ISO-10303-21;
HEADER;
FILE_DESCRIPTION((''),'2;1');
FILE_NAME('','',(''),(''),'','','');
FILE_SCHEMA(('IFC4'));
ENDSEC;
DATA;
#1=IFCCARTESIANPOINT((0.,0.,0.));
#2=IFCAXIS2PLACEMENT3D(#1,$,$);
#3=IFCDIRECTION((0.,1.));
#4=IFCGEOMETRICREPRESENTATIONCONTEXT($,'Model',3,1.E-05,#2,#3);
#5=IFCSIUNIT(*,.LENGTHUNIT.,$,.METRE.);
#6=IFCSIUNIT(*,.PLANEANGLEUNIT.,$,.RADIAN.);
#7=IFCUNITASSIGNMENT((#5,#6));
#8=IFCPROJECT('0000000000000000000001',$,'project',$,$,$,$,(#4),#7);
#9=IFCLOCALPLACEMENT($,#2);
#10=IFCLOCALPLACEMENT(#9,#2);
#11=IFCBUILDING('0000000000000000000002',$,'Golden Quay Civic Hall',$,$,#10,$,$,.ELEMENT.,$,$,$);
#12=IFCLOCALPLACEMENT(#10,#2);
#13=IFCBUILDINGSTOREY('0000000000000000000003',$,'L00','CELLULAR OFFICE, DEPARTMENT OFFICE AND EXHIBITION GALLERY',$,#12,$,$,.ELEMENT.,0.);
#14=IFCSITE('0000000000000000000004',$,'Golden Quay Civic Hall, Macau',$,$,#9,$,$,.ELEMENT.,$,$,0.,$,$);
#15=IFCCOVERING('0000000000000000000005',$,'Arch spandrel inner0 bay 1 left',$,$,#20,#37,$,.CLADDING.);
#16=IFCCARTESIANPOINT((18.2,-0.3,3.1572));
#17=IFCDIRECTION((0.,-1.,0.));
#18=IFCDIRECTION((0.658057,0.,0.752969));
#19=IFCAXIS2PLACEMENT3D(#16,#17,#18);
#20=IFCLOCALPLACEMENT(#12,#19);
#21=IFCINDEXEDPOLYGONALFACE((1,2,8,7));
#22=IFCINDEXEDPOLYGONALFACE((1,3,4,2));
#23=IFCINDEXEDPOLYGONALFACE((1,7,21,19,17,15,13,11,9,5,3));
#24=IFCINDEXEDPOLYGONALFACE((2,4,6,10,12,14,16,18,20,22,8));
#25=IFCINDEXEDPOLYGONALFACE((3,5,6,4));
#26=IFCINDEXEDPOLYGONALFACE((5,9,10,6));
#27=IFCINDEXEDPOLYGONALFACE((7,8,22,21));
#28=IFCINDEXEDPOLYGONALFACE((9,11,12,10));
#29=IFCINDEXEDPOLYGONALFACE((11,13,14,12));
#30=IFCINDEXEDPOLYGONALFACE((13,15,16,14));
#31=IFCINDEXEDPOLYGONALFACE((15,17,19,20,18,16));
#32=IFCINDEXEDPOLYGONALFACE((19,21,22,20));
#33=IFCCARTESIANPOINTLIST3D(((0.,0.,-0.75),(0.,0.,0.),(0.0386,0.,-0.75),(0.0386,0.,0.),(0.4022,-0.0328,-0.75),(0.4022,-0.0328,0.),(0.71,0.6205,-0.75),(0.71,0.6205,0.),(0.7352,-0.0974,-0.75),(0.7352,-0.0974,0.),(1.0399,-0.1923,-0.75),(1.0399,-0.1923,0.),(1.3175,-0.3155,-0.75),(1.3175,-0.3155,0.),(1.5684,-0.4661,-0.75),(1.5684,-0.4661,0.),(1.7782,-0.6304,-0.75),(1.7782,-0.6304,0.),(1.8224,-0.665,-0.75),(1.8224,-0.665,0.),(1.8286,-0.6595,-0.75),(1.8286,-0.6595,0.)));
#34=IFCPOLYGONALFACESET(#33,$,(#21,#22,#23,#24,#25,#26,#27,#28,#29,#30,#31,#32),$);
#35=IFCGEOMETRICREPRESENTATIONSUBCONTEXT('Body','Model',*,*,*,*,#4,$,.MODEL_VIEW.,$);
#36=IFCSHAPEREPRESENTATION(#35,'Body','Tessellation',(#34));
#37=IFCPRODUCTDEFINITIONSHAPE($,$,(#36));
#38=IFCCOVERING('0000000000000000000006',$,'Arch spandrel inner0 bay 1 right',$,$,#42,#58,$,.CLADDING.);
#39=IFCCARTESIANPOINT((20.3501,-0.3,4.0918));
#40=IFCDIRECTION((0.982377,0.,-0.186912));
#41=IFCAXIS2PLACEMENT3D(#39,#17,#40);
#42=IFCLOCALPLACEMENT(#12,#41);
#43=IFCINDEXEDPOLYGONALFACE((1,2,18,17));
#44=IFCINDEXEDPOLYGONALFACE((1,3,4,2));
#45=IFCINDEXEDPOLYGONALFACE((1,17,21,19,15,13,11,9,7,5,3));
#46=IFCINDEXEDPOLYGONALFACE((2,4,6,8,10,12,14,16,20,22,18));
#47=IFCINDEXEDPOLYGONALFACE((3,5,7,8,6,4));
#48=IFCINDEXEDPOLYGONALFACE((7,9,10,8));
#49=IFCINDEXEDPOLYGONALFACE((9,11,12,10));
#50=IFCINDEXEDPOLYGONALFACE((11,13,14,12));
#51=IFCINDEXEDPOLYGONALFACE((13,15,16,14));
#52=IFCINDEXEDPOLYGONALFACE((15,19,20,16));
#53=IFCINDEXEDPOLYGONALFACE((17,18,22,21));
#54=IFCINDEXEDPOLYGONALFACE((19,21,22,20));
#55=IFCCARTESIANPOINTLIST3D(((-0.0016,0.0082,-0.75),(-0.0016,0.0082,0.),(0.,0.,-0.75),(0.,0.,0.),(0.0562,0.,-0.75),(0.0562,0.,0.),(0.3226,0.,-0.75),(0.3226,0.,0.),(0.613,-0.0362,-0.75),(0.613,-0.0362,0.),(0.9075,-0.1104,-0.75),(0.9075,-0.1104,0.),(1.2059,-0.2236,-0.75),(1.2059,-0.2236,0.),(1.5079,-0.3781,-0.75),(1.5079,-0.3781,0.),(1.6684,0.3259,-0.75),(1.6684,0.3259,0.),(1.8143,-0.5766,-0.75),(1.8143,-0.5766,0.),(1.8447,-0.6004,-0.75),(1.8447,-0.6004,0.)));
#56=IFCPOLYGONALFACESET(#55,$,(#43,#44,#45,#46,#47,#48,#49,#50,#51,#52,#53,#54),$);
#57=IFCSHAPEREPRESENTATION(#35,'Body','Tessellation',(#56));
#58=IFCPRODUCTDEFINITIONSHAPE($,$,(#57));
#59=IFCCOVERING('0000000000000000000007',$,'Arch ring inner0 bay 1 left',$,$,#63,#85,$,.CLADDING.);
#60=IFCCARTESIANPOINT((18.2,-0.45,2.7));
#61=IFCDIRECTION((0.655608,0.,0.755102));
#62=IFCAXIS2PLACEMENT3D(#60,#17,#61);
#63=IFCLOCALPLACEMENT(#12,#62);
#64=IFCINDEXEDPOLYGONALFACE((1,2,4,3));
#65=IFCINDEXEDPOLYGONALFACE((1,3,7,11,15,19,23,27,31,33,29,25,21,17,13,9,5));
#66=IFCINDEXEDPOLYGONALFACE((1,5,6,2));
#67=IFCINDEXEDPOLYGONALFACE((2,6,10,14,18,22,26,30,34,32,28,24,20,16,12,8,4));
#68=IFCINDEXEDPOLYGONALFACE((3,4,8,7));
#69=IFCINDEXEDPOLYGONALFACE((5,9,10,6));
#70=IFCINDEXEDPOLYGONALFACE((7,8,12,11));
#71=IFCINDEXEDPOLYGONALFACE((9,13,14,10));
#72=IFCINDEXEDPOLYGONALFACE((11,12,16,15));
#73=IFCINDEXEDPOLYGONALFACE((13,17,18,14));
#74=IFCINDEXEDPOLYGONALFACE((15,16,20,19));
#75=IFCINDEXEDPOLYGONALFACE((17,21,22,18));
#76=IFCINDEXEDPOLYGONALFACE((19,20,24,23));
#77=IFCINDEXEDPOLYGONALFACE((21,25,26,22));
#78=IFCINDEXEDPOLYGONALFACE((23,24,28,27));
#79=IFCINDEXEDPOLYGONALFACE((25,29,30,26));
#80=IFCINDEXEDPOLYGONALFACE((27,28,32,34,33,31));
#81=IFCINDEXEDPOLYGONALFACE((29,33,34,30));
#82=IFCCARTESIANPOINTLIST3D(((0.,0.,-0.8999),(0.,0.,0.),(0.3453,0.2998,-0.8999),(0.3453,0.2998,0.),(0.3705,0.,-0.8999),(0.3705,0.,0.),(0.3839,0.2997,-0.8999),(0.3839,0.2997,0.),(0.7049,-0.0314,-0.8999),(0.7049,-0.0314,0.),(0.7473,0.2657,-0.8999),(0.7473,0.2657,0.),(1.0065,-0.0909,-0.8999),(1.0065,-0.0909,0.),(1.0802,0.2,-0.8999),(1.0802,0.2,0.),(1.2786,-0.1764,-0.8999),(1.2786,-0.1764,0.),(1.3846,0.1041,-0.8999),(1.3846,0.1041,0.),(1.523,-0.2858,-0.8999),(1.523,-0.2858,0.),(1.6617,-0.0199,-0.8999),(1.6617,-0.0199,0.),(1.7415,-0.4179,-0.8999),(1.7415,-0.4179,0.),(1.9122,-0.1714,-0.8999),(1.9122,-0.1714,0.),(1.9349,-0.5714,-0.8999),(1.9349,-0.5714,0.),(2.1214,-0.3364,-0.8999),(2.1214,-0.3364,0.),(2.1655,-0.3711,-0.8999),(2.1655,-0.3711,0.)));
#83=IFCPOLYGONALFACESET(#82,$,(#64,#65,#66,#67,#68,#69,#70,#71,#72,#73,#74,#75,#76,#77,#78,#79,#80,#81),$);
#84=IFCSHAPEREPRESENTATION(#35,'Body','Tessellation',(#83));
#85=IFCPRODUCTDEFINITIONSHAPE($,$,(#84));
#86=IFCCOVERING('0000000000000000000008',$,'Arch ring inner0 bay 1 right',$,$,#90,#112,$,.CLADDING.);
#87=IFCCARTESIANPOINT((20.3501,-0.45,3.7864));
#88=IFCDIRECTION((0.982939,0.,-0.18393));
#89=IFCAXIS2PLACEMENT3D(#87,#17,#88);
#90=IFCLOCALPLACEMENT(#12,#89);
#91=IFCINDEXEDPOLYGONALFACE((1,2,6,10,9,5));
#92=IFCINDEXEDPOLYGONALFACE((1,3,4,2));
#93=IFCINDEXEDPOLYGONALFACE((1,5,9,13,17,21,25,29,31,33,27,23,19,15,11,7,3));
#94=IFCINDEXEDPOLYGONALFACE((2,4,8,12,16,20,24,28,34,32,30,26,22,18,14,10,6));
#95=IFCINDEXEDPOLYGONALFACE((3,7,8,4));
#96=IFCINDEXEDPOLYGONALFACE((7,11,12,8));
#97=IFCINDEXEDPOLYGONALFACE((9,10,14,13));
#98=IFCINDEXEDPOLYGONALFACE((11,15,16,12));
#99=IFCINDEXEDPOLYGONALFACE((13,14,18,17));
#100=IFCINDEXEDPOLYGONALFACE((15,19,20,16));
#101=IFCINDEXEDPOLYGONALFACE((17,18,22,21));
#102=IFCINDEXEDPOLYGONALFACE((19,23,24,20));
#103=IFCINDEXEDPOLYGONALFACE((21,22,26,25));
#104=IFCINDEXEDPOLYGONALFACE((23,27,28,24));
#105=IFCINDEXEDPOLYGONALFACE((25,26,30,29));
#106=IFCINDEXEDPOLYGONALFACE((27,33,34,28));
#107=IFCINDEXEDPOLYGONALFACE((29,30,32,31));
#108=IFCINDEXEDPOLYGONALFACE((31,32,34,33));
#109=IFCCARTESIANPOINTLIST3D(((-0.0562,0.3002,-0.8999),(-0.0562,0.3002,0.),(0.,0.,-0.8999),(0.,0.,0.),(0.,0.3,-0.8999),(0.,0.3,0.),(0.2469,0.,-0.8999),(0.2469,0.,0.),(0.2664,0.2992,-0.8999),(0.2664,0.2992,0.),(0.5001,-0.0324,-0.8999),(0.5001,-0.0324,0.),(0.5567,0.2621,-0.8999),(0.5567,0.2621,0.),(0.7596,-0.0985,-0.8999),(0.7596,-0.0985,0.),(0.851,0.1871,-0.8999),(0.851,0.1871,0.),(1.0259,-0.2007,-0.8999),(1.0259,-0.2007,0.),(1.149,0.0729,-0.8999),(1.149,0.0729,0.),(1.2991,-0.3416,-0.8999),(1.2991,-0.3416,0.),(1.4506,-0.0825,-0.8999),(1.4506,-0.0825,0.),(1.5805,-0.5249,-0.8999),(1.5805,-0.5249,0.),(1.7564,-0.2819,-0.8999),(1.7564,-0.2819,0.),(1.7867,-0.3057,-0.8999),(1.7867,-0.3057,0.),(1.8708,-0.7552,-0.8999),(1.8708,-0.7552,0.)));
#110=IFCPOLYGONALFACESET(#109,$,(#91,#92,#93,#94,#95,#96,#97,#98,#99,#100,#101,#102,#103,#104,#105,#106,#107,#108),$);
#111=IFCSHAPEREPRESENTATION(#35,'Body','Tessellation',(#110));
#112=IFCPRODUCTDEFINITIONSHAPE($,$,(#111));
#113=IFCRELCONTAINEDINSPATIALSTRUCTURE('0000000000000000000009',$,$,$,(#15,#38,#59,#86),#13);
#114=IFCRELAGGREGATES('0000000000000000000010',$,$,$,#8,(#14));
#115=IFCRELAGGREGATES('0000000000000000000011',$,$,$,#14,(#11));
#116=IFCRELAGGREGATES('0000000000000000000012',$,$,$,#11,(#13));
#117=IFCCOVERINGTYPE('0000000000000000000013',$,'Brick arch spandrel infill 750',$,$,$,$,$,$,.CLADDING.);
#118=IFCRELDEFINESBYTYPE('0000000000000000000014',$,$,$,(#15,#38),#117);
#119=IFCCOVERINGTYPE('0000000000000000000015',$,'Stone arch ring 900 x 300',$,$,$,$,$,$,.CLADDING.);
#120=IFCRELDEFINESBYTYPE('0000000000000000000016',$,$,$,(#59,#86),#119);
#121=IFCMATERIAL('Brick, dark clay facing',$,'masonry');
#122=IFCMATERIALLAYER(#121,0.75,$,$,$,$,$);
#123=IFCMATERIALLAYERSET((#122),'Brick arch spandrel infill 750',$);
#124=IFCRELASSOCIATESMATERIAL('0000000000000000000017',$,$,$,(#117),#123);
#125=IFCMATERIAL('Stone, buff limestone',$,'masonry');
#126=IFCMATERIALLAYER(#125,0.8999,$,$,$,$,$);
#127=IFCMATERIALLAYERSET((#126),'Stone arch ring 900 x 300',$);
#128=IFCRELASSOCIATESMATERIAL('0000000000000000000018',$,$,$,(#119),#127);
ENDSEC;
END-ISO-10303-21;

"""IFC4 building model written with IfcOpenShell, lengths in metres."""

from ifc_helpers import new_model, si_unit, direction, frame, origin, place, context, subcontext, project, spatial, polyline, outline, extrude, material, layer, layer_set, type_object, element, save


model = new_model("IFC4")

# Units and contexts
model_context = context("Model", 3, precision=1e-05, world=origin(), true_north=direction((0.0, 1.0)))
body_context = subcontext(model_context, "Body", "Model", "MODEL_VIEW")
ifc_project = project(units=[si_unit("LENGTHUNIT", "METRE"), si_unit("PLANEANGLEUNIT", "RADIAN")], contexts=[model_context])

# Site, building, storey
site_placement = place(None, origin())
site = spatial("IfcSite", under=ifc_project, at=site_placement, Name="Golden Quay Civic Hall, Macau", CompositionType="ELEMENT", RefElevation=0.0)
building_placement = place(site_placement, origin())
building = spatial("IfcBuilding", under=site, at=building_placement, Name="Golden Quay Civic Hall", CompositionType="ELEMENT")
storey_placement = place(building_placement, origin())
storey = spatial("IfcBuildingStorey", under=building, at=storey_placement, Name="L00", Description="CELLULAR OFFICE, DEPARTMENT OFFICE AND EXHIBITION GALLERY", CompositionType="ELEMENT", Elevation=0.0)

# Coverings
ifc_material_1 = material(Name="Brick, dark clay facing", Category="masonry")
ifc_layer_1 = layer(ifc_material_1, 0.75)
ifc_layer_set_1 = layer_set([ifc_layer_1], Name="Brick arch spandrel infill 750")
covering_type_1 = type_object("IfcCoveringType", Name="Brick arch spandrel infill 750", PredefinedType="CLADDING", material=ifc_layer_set_1)
covering_1_placement = place(storey_placement, frame((18.2, -0.3, 3.1572), z_axis=(0.0, -1.0, 0.0), x_axis=(0.658057, 0.0, 0.752969)))
element("IfcCovering", 1, at=covering_1_placement, inside=storey, type_object=covering_type_1, Name="Arch spandrel inner0 bay 1 left", PredefinedType="CLADDING", context=body_context, shape_type="SweptSolid", body=[
    extrude(outline(polyline([(0.0, 0.0), (0.0386, 0.0), (0.4022, -0.0328), (0.7352, -0.0974), (1.0399, -0.1923), (1.3175, -0.3155), (1.5684, -0.4661), (1.7782, -0.6304), (1.8224, -0.665), (1.8286, -0.6595), (0.71, 0.6205), (0.0, 0.0)])), origin(), (0.0, 0.0, -1.0), 0.75),
])
covering_2_placement = place(storey_placement, frame((20.3501, -0.3, 4.0918), z_axis=(0.0, -1.0, 0.0), x_axis=(0.982377, 0.0, -0.186912)))
element("IfcCovering", 2, at=covering_2_placement, inside=storey, type_object=covering_type_1, Name="Arch spandrel inner0 bay 1 right", PredefinedType="CLADDING", context=body_context, shape_type="SweptSolid", body=[
    extrude(outline(polyline([(0.0, 0.0), (0.0562, 0.0), (0.3226, 0.0), (0.613, -0.0362), (0.9075, -0.1104), (1.2059, -0.2236), (1.5079, -0.3781), (1.8143, -0.5766), (1.8447, -0.6004), (1.6684, 0.3259), (-0.0016, 0.0082), (0.0, 0.0)])), origin(), (0.0, 0.0, -1.0), 0.75),
])
ifc_material_2 = material(Name="Stone, buff limestone", Category="masonry")
ifc_layer_2 = layer(ifc_material_2, 0.8999)
ifc_layer_set_2 = layer_set([ifc_layer_2], Name="Stone arch ring 900 x 300")
covering_type_2 = type_object("IfcCoveringType", Name="Stone arch ring 900 x 300", PredefinedType="CLADDING", material=ifc_layer_set_2)
covering_3_placement = place(storey_placement, frame((18.2, -0.45, 2.7), z_axis=(0.0, -1.0, 0.0), x_axis=(0.655608, 0.0, 0.755102)))
element("IfcCovering", 3, at=covering_3_placement, inside=storey, type_object=covering_type_2, Name="Arch ring inner0 bay 1 left", PredefinedType="CLADDING", context=body_context, shape_type="SweptSolid", body=[
    extrude(outline(polyline([(0.0, 0.0), (0.3705, 0.0), (0.7049, -0.0314), (1.0065, -0.0909), (1.2786, -0.1764), (1.523, -0.2858), (1.7415, -0.4179), (1.9349, -0.5714), (2.1655, -0.3711), (2.1214, -0.3364), (1.9122, -0.1714), (1.6617, -0.0199), (1.3846, 0.1041), (1.0802, 0.2), (0.7473, 0.2657), (0.3839, 0.2997), (0.3453, 0.2998), (0.0, 0.0)])), origin(), (0.0, 0.0, -1.0), 0.8999),
])
covering_4_placement = place(storey_placement, frame((20.3501, -0.45, 3.7864), z_axis=(0.0, -1.0, 0.0), x_axis=(0.982939, 0.0, -0.18393)))
element("IfcCovering", 4, at=covering_4_placement, inside=storey, type_object=covering_type_2, Name="Arch ring inner0 bay 1 right", PredefinedType="CLADDING", context=body_context, shape_type="SweptSolid", body=[
    extrude(outline(polyline([(0.0, 0.0), (0.2469, 0.0), (0.5001, -0.0324), (0.7596, -0.0985), (1.0259, -0.2007), (1.2991, -0.3416), (1.5805, -0.5249), (1.8708, -0.7552), (1.7867, -0.3057), (1.7564, -0.2819), (1.4506, -0.0825), (1.149, 0.0729), (0.851, 0.1871), (0.5567, 0.2621), (0.2664, 0.2992), (0.0, 0.3), (-0.0562, 0.3002), (0.0, 0.0)])), origin(), (0.0, 0.0, -1.0), 0.8999),
])

save(model, "model.ifc")
